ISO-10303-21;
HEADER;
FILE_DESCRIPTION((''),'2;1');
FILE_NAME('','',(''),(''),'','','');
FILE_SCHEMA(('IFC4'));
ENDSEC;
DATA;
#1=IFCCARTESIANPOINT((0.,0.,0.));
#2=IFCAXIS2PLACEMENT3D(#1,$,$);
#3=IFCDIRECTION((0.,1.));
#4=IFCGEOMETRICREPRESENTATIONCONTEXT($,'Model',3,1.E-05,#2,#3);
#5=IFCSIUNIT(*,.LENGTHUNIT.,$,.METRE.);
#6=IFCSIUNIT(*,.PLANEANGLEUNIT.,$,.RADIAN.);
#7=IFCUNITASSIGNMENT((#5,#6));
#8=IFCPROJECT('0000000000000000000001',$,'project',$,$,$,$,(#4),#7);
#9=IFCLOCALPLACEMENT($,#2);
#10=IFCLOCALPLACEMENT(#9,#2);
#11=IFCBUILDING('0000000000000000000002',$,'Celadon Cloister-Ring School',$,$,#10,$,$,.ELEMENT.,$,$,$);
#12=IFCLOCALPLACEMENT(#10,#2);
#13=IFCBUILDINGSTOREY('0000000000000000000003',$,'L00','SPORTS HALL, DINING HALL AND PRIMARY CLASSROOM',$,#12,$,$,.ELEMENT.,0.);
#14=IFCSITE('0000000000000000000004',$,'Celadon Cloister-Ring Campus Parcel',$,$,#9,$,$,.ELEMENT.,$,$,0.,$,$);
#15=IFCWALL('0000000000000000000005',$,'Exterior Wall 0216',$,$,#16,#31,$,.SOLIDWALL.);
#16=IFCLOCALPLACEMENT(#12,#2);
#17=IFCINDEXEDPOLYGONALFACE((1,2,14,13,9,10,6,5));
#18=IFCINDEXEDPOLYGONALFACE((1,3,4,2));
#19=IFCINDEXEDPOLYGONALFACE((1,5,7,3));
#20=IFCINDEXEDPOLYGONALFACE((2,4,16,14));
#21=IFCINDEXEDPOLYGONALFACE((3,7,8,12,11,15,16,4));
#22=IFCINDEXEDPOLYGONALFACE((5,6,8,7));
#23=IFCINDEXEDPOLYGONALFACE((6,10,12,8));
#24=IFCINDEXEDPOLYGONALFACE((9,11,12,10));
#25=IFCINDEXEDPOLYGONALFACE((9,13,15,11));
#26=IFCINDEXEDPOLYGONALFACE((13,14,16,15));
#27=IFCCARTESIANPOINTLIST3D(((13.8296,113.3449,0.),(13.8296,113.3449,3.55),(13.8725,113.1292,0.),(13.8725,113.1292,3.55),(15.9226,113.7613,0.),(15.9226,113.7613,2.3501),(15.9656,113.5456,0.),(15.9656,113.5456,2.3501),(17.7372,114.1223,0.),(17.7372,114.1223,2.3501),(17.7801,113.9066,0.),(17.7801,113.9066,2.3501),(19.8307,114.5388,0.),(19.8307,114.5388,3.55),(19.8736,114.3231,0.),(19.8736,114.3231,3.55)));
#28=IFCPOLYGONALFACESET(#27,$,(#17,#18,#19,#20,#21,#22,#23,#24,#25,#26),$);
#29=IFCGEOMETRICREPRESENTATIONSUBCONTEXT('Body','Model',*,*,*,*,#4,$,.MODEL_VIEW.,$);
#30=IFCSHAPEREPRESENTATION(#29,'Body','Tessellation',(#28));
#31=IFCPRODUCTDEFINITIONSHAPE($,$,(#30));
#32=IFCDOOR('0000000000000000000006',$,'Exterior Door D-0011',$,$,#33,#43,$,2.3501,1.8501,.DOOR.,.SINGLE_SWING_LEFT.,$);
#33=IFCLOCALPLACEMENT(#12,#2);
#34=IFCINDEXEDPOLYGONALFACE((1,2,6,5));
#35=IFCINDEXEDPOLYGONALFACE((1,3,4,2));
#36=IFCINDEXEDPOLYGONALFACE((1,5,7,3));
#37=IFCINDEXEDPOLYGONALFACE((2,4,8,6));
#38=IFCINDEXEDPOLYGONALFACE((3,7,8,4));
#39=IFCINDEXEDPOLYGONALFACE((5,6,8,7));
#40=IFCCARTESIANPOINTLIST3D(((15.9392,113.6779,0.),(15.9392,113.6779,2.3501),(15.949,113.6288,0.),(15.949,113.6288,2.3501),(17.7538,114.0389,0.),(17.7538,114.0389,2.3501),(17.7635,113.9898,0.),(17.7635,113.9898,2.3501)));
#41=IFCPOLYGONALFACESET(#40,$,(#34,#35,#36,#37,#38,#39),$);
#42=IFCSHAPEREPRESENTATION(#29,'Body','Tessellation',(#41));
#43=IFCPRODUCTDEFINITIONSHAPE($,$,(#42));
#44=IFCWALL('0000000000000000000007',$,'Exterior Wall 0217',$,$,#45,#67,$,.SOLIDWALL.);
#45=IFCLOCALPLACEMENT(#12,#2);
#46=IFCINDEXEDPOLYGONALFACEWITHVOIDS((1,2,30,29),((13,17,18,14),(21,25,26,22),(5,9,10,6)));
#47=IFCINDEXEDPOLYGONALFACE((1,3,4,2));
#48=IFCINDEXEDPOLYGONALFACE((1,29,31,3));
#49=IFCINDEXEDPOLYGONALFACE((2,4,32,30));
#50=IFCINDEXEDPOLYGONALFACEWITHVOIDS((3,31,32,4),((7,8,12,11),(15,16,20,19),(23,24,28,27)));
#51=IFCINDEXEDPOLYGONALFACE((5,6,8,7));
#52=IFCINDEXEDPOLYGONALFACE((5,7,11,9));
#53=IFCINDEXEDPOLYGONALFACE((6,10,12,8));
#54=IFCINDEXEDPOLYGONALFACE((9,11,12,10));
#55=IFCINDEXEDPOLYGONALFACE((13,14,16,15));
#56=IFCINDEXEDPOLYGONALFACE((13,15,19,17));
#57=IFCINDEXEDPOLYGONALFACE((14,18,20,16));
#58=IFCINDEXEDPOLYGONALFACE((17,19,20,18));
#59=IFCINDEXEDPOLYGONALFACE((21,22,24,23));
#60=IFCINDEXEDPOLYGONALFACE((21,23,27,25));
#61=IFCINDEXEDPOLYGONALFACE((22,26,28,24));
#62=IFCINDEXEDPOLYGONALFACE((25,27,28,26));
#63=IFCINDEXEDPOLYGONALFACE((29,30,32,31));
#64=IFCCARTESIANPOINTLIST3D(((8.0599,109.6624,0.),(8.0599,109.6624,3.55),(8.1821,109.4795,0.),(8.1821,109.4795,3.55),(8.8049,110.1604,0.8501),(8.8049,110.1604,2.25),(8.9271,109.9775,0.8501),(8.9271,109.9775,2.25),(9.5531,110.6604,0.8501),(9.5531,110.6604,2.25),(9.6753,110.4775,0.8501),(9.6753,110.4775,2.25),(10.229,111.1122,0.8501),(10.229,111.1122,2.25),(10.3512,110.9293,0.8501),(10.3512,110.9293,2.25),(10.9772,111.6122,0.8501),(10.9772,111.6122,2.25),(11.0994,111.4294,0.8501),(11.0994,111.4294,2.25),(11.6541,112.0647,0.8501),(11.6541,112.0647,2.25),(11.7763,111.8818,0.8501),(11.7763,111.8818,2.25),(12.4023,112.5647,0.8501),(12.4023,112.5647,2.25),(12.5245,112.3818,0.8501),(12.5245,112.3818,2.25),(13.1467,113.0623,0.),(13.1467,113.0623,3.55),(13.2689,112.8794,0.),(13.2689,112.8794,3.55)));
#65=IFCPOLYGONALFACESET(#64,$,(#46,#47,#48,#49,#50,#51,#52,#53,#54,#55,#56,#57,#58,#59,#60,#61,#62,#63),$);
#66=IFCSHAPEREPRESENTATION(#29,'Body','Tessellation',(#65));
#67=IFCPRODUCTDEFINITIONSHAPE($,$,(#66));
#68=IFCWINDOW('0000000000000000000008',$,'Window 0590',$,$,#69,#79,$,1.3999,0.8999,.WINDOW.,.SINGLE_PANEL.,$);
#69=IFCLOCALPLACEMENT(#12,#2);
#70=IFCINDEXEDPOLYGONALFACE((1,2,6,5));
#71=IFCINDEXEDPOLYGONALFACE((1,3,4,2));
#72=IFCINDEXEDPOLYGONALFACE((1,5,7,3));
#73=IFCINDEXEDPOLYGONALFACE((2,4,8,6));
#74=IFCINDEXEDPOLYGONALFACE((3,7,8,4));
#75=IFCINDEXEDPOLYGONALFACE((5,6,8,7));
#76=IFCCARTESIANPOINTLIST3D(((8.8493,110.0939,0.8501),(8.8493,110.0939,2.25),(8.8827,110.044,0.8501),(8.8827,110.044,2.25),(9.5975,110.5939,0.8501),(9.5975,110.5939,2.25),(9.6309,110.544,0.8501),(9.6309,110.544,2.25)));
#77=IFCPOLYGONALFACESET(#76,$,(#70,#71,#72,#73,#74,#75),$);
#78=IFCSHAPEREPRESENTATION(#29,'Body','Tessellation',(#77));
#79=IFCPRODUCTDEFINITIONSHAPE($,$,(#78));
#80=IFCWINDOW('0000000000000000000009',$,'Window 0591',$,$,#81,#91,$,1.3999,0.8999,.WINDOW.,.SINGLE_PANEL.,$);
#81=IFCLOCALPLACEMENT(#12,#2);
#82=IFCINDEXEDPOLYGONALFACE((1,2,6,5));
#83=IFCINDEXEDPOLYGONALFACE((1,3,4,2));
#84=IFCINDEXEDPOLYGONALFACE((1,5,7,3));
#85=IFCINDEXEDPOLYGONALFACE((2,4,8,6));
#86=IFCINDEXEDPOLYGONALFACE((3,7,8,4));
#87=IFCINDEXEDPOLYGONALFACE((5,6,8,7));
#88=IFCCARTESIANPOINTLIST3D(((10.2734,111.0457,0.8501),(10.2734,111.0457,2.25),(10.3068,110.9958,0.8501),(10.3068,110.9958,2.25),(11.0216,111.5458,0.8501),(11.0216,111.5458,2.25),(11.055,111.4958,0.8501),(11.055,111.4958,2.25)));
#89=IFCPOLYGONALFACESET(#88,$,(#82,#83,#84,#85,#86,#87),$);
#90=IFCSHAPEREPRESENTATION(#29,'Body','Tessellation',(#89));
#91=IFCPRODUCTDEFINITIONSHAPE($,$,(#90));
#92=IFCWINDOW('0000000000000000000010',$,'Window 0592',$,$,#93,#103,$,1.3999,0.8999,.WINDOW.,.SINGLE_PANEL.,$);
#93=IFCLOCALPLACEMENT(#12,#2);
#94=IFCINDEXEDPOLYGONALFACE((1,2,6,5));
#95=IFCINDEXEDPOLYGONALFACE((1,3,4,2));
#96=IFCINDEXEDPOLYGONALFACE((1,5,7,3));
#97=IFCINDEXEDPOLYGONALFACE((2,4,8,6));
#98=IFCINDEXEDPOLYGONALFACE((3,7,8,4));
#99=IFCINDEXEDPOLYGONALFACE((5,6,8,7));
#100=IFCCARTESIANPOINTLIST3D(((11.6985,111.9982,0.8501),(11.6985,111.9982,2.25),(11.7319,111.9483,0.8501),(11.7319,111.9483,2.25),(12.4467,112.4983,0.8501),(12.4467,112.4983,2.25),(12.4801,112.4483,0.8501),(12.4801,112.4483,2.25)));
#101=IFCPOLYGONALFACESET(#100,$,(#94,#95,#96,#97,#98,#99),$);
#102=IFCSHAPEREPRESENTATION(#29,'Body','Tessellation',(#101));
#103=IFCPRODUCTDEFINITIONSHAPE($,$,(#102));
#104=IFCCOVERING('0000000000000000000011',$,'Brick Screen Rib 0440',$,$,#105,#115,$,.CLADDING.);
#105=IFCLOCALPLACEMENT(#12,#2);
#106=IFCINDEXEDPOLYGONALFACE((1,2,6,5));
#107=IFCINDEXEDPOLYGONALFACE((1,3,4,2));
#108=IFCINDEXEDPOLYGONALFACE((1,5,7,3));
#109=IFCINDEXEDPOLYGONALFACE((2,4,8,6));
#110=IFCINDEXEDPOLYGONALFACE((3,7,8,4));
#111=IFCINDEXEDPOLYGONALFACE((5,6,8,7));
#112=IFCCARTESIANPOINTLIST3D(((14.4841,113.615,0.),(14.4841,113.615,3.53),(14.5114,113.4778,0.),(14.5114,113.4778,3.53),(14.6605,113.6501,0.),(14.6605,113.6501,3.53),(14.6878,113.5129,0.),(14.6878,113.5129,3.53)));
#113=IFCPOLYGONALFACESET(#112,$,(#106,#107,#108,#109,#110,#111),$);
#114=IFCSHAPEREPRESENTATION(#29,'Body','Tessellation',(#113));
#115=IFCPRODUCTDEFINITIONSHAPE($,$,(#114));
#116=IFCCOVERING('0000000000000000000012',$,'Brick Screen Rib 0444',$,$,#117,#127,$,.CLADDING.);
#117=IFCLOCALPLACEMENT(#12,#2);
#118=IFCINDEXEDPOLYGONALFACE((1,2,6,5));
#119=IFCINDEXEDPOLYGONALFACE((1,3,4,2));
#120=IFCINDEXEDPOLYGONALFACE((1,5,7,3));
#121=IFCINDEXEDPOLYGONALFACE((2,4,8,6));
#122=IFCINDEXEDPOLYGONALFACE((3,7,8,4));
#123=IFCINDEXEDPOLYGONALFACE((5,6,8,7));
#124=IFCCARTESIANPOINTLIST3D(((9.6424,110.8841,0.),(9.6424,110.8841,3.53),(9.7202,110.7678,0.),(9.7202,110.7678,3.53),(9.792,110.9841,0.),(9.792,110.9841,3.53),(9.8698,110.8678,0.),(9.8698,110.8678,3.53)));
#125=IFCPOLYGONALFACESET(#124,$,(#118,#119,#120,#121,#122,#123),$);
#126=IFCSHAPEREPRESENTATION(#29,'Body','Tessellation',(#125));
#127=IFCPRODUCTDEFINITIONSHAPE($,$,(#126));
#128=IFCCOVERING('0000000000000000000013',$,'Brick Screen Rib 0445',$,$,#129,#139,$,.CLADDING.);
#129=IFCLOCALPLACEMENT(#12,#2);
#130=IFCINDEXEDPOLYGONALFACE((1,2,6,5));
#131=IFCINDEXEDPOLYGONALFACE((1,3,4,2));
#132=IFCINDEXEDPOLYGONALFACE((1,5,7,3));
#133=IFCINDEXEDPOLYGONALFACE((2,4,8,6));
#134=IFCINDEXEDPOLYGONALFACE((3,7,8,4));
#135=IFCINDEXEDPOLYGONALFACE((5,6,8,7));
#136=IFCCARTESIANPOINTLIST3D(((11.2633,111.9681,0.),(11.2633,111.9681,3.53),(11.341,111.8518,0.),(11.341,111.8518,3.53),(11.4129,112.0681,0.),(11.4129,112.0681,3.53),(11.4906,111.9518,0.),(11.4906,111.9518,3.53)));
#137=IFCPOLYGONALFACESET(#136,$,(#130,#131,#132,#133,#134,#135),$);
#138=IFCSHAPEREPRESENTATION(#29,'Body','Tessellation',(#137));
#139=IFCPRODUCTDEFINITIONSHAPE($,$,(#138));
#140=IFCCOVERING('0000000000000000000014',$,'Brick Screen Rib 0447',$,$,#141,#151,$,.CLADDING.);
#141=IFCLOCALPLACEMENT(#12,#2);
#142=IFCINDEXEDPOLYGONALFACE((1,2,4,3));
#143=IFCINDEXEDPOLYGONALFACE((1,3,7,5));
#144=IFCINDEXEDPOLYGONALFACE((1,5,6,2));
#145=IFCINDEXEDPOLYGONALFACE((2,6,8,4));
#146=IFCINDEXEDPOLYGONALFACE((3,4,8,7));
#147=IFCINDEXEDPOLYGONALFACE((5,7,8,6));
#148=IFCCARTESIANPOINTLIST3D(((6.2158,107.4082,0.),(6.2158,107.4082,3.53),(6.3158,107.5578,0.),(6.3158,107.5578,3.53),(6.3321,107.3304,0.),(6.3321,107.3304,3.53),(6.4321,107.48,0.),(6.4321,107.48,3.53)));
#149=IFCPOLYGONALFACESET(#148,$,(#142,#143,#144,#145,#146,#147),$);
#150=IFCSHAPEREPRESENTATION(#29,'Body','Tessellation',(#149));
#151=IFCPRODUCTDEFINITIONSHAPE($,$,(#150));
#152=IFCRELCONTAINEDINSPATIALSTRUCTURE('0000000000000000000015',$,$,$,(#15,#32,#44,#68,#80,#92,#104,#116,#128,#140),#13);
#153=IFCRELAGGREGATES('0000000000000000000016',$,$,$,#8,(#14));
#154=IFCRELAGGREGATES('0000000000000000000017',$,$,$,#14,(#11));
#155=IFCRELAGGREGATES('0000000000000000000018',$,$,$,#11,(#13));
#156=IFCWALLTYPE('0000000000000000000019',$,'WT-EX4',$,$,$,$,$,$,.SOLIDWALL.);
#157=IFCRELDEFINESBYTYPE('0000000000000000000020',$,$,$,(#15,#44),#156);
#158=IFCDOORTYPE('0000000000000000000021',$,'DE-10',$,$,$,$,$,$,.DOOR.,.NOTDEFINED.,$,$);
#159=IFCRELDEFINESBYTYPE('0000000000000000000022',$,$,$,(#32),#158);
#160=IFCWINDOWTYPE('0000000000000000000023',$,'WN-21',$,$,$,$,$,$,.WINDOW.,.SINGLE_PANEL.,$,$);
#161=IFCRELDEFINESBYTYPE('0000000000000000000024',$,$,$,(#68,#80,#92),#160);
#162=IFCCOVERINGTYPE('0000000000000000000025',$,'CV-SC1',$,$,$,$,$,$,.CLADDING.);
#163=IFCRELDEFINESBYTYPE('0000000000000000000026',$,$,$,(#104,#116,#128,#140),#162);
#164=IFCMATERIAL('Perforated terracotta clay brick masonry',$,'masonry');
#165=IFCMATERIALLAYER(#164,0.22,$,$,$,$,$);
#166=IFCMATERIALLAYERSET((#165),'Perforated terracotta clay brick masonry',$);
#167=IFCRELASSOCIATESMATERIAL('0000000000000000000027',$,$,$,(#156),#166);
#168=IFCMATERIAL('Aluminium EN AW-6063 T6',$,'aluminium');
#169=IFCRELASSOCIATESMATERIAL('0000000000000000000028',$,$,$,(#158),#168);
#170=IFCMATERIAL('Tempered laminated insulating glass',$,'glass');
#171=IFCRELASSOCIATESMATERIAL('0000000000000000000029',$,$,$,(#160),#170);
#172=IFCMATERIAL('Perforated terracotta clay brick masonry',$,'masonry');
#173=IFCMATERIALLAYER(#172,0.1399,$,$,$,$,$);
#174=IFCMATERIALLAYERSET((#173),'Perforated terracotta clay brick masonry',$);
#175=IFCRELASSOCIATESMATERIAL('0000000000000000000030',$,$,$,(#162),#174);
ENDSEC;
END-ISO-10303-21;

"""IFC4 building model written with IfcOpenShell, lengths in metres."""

from ifc_helpers import new_model, si_unit, direction, frame, frame_2d, origin, origin_2d, place, context, subcontext, project, spatial, rectangle, extrude, material, layer, layer_set, type_object, element, fill, save


model = new_model("IFC4")

# Units and contexts
model_context = context("Model", 3, precision=1e-05, world=origin(), true_north=direction((0.0, 1.0)))
body_context = subcontext(model_context, "Body", "Model", "MODEL_VIEW")
ifc_project = project(units=[si_unit("LENGTHUNIT", "METRE"), si_unit("PLANEANGLEUNIT", "RADIAN")], contexts=[model_context])

# Site, building, storey
site_placement = place(None, origin())
site = spatial("IfcSite", under=ifc_project, at=site_placement, Name="Celadon Cloister-Ring Campus Parcel", CompositionType="ELEMENT", RefElevation=0.0)
building_placement = place(site_placement, origin())
building = spatial("IfcBuilding", under=site, at=building_placement, Name="Celadon Cloister-Ring School", CompositionType="ELEMENT")
storey_placement = place(building_placement, origin())
storey = spatial("IfcBuildingStorey", under=building, at=storey_placement, Name="L00", Description="SPORTS HALL, DINING HALL AND PRIMARY CLASSROOM", CompositionType="ELEMENT", Elevation=0.0)

# Wall, opening, door
ifc_material_1 = material(Name="Perforated terracotta clay brick masonry", Category="masonry")
ifc_layer_1 = layer(ifc_material_1, 0.22)
ifc_layer_set_1 = layer_set([ifc_layer_1], Name="Perforated terracotta clay brick masonry")
wall_type = type_object("IfcWallType", Name="WT-EX4", PredefinedType="SOLIDWALL", material=ifc_layer_set_1)
wall_1_placement = place(storey_placement, frame((13.8511, 113.2371, 0.0), z_axis=(0.0, 0.0, 1.0), x_axis=(0.98078, 0.195118, 0.0)))
wall_1 = element("IfcWall", 1, at=wall_1_placement, inside=storey, type_object=wall_type, Name="Exterior Wall 0216", PredefinedType="SOLIDWALL", context=body_context, shape_type="SweptSolid", body=[
    extrude(rectangle(XDim=6.1187, YDim=0.22, at=frame_2d((3.0593, 0.0))), origin(), (0.0, 0.0, 1.0), 3.55),
])
opening_1_placement = place(wall_1_placement, frame((2.134, 0.0, 0.0)))
opening_1 = element("IfcOpeningElement", 2, at=opening_1_placement, cuts=wall_1, PredefinedType="OPENING", context=body_context, shape_type="SweptSolid", body=[
    extrude(rectangle(XDim=1.8501, YDim=2.3501, at=frame_2d((0.925, 1.175))), frame((0.0, 0.1201, 0.0), z_axis=(0.0, -1.0, 0.0), x_axis=(1.0, 0.0, 0.0)), (0.0, 0.0, 1.0), 0.24),
])
ifc_material_2 = material(Name="Aluminium EN AW-6063 T6", Category="aluminium")
door_type = type_object("IfcDoorType", Name="DE-10", OperationType="NOTDEFINED", PredefinedType="DOOR", material=ifc_material_2)
door_placement = place(opening_1_placement, origin())
door = element("IfcDoor", 3, at=door_placement, inside=storey, type_object=door_type, Name="Exterior Door D-0011", OperationType="SINGLE_SWING_LEFT", OverallHeight=2.3501, OverallWidth=1.8501, PredefinedType="DOOR", context=body_context, shape_type="SweptSolid", body=[
    extrude(rectangle(XDim=1.8501, YDim=2.3501, at=frame_2d((0.925, 1.175))), frame((0.0, 0.0249, 0.0), z_axis=(0.0, -1.0, 0.0), x_axis=(1.0, 0.0, 0.0)), (0.0, 0.0, 1.0), 0.05),
])
fill(opening_1, door)

# Wall, openings, windows
wall_2_placement = place(storey_placement, frame((8.1211, 109.571, 0.0), z_axis=(0.0, 0.0, 1.0), x_axis=(0.831399, 0.555676, 0.0)))
wall_2 = element("IfcWall", 4, at=wall_2_placement, inside=storey, type_object=wall_type, Name="Exterior Wall 0217", PredefinedType="SOLIDWALL", context=body_context, shape_type="SweptSolid", body=[
    extrude(rectangle(XDim=6.1184, YDim=0.22, at=frame_2d((3.0591, 0.0))), origin(), (0.0, 0.0, 1.0), 3.55),
])
opening_2_placement = place(wall_2_placement, frame((0.896, 0.0, 0.8501)))
opening_2 = element("IfcOpeningElement", 5, at=opening_2_placement, cuts=wall_2, PredefinedType="OPENING", context=body_context, shape_type="SweptSolid", body=[
    extrude(rectangle(XDim=0.8999, YDim=1.3999, at=frame_2d((0.45, 0.7))), frame((0.0, 0.1201, 0.0), z_axis=(0.0, -1.0, 0.0), x_axis=(1.0, 0.0, 0.0)), (0.0, 0.0, 1.0), 0.24),
])
opening_3_placement = place(wall_2_placement, frame((2.6089, 0.0, 0.8501)))
opening_3 = element("IfcOpeningElement", 6, at=opening_3_placement, cuts=wall_2, PredefinedType="OPENING", context=body_context, shape_type="SweptSolid", body=[
    extrude(rectangle(XDim=0.8999, YDim=1.3999, at=frame_2d((0.45, 0.7))), frame((0.0, 0.1201, 0.0), z_axis=(0.0, -1.0, 0.0), x_axis=(1.0, 0.0, 0.0)), (0.0, 0.0, 1.0), 0.24),
])
opening_4_placement = place(wall_2_placement, frame((4.323, 0.0, 0.8501)))
opening_4 = element("IfcOpeningElement", 7, at=opening_4_placement, cuts=wall_2, PredefinedType="OPENING", context=body_context, shape_type="SweptSolid", body=[
    extrude(rectangle(XDim=0.8999, YDim=1.3999, at=frame_2d((0.45, 0.7))), frame((0.0, 0.1201, 0.0), z_axis=(0.0, -1.0, 0.0), x_axis=(1.0, 0.0, 0.0)), (0.0, 0.0, 1.0), 0.24),
])
ifc_material_3 = material(Name="Tempered laminated insulating glass", Category="glass")
window_type = type_object("IfcWindowType", Name="WN-21", PartitioningType="SINGLE_PANEL", PredefinedType="WINDOW", material=ifc_material_3)
window_1_placement = place(opening_2_placement, origin())
window_1 = element("IfcWindow", 8, at=window_1_placement, inside=storey, type_object=window_type, Name="Window 0590", OverallHeight=1.3999, OverallWidth=0.8999, PartitioningType="SINGLE_PANEL", PredefinedType="WINDOW", context=body_context, shape_type="SweptSolid", body=[
    extrude(rectangle(XDim=0.8999, YDim=1.3999, at=frame_2d((0.45, 0.7))), frame((0.0, 0.03, 0.0), z_axis=(0.0, -1.0, 0.0), x_axis=(1.0, 0.0, 0.0)), (0.0, 0.0, 1.0), 0.0601),
])
fill(opening_2, window_1)
window_2_placement = place(opening_3_placement, origin())
window_2 = element("IfcWindow", 9, at=window_2_placement, inside=storey, type_object=window_type, Name="Window 0591", OverallHeight=1.3999, OverallWidth=0.8999, PartitioningType="SINGLE_PANEL", PredefinedType="WINDOW", context=body_context, shape_type="SweptSolid", body=[
    extrude(rectangle(XDim=0.8999, YDim=1.3999, at=frame_2d((0.45, 0.7))), frame((0.0, 0.03, 0.0), z_axis=(0.0, -1.0, 0.0), x_axis=(1.0, 0.0, 0.0)), (0.0, 0.0, 1.0), 0.0601),
])
fill(opening_3, window_2)
window_3_placement = place(opening_4_placement, origin())
window_3 = element("IfcWindow", 10, at=window_3_placement, inside=storey, type_object=window_type, Name="Window 0592", OverallHeight=1.3999, OverallWidth=0.8999, PartitioningType="SINGLE_PANEL", PredefinedType="WINDOW", context=body_context, shape_type="SweptSolid", body=[
    extrude(rectangle(XDim=0.8999, YDim=1.3999, at=frame_2d((0.45, 0.7))), frame((0.0, 0.03, 0.0), z_axis=(0.0, -1.0, 0.0), x_axis=(1.0, 0.0, 0.0)), (0.0, 0.0, 1.0), 0.0601),
])
fill(opening_4, window_3)

# Coverings
ifc_material_4 = material(Name="Perforated terracotta clay brick masonry", Category="masonry")
ifc_layer_2 = layer(ifc_material_4, 0.1399)
ifc_layer_set_2 = layer_set([ifc_layer_2], Name="Perforated terracotta clay brick masonry")
covering_type = type_object("IfcCoveringType", Name="CV-SC1", PredefinedType="CLADDING", material=ifc_layer_set_2)
for number, where, z_axis, x_axis, name in (
    (11, (14.5859, 113.564, 0.0), (0.0, 0.0, 1.0), (0.980775, 0.195142, 0.0), "Brick Screen Rib 0440"),
    (12, (9.7561, 110.876, 0.0), (0.0, 0.0, 1.0), (0.831392, 0.555686, 0.0), "Brick Screen Rib 0444"),
    (13, (11.377, 111.96, 0.0), (0.0, 0.0, 1.0), (0.831392, 0.555686, 0.0), "Brick Screen Rib 0445"),
    (14, (6.324, 107.4441, 0.0), (0.0, 0.0, 1.0), (0.555686, 0.831392, 0.0), "Brick Screen Rib 0447"),
):
    element("IfcCovering", number, at=place(storey_placement, frame(where, z_axis=z_axis, x_axis=x_axis)), inside=storey, type_object=covering_type, Name=name, PredefinedType="CLADDING", context=body_context, shape_type="SweptSolid", body=[
        extrude(rectangle(XDim=0.1799, YDim=0.1399, at=origin_2d()), origin(), (0.0, 0.0, 1.0), 3.53),
    ])

save(model, "model.ifc")
